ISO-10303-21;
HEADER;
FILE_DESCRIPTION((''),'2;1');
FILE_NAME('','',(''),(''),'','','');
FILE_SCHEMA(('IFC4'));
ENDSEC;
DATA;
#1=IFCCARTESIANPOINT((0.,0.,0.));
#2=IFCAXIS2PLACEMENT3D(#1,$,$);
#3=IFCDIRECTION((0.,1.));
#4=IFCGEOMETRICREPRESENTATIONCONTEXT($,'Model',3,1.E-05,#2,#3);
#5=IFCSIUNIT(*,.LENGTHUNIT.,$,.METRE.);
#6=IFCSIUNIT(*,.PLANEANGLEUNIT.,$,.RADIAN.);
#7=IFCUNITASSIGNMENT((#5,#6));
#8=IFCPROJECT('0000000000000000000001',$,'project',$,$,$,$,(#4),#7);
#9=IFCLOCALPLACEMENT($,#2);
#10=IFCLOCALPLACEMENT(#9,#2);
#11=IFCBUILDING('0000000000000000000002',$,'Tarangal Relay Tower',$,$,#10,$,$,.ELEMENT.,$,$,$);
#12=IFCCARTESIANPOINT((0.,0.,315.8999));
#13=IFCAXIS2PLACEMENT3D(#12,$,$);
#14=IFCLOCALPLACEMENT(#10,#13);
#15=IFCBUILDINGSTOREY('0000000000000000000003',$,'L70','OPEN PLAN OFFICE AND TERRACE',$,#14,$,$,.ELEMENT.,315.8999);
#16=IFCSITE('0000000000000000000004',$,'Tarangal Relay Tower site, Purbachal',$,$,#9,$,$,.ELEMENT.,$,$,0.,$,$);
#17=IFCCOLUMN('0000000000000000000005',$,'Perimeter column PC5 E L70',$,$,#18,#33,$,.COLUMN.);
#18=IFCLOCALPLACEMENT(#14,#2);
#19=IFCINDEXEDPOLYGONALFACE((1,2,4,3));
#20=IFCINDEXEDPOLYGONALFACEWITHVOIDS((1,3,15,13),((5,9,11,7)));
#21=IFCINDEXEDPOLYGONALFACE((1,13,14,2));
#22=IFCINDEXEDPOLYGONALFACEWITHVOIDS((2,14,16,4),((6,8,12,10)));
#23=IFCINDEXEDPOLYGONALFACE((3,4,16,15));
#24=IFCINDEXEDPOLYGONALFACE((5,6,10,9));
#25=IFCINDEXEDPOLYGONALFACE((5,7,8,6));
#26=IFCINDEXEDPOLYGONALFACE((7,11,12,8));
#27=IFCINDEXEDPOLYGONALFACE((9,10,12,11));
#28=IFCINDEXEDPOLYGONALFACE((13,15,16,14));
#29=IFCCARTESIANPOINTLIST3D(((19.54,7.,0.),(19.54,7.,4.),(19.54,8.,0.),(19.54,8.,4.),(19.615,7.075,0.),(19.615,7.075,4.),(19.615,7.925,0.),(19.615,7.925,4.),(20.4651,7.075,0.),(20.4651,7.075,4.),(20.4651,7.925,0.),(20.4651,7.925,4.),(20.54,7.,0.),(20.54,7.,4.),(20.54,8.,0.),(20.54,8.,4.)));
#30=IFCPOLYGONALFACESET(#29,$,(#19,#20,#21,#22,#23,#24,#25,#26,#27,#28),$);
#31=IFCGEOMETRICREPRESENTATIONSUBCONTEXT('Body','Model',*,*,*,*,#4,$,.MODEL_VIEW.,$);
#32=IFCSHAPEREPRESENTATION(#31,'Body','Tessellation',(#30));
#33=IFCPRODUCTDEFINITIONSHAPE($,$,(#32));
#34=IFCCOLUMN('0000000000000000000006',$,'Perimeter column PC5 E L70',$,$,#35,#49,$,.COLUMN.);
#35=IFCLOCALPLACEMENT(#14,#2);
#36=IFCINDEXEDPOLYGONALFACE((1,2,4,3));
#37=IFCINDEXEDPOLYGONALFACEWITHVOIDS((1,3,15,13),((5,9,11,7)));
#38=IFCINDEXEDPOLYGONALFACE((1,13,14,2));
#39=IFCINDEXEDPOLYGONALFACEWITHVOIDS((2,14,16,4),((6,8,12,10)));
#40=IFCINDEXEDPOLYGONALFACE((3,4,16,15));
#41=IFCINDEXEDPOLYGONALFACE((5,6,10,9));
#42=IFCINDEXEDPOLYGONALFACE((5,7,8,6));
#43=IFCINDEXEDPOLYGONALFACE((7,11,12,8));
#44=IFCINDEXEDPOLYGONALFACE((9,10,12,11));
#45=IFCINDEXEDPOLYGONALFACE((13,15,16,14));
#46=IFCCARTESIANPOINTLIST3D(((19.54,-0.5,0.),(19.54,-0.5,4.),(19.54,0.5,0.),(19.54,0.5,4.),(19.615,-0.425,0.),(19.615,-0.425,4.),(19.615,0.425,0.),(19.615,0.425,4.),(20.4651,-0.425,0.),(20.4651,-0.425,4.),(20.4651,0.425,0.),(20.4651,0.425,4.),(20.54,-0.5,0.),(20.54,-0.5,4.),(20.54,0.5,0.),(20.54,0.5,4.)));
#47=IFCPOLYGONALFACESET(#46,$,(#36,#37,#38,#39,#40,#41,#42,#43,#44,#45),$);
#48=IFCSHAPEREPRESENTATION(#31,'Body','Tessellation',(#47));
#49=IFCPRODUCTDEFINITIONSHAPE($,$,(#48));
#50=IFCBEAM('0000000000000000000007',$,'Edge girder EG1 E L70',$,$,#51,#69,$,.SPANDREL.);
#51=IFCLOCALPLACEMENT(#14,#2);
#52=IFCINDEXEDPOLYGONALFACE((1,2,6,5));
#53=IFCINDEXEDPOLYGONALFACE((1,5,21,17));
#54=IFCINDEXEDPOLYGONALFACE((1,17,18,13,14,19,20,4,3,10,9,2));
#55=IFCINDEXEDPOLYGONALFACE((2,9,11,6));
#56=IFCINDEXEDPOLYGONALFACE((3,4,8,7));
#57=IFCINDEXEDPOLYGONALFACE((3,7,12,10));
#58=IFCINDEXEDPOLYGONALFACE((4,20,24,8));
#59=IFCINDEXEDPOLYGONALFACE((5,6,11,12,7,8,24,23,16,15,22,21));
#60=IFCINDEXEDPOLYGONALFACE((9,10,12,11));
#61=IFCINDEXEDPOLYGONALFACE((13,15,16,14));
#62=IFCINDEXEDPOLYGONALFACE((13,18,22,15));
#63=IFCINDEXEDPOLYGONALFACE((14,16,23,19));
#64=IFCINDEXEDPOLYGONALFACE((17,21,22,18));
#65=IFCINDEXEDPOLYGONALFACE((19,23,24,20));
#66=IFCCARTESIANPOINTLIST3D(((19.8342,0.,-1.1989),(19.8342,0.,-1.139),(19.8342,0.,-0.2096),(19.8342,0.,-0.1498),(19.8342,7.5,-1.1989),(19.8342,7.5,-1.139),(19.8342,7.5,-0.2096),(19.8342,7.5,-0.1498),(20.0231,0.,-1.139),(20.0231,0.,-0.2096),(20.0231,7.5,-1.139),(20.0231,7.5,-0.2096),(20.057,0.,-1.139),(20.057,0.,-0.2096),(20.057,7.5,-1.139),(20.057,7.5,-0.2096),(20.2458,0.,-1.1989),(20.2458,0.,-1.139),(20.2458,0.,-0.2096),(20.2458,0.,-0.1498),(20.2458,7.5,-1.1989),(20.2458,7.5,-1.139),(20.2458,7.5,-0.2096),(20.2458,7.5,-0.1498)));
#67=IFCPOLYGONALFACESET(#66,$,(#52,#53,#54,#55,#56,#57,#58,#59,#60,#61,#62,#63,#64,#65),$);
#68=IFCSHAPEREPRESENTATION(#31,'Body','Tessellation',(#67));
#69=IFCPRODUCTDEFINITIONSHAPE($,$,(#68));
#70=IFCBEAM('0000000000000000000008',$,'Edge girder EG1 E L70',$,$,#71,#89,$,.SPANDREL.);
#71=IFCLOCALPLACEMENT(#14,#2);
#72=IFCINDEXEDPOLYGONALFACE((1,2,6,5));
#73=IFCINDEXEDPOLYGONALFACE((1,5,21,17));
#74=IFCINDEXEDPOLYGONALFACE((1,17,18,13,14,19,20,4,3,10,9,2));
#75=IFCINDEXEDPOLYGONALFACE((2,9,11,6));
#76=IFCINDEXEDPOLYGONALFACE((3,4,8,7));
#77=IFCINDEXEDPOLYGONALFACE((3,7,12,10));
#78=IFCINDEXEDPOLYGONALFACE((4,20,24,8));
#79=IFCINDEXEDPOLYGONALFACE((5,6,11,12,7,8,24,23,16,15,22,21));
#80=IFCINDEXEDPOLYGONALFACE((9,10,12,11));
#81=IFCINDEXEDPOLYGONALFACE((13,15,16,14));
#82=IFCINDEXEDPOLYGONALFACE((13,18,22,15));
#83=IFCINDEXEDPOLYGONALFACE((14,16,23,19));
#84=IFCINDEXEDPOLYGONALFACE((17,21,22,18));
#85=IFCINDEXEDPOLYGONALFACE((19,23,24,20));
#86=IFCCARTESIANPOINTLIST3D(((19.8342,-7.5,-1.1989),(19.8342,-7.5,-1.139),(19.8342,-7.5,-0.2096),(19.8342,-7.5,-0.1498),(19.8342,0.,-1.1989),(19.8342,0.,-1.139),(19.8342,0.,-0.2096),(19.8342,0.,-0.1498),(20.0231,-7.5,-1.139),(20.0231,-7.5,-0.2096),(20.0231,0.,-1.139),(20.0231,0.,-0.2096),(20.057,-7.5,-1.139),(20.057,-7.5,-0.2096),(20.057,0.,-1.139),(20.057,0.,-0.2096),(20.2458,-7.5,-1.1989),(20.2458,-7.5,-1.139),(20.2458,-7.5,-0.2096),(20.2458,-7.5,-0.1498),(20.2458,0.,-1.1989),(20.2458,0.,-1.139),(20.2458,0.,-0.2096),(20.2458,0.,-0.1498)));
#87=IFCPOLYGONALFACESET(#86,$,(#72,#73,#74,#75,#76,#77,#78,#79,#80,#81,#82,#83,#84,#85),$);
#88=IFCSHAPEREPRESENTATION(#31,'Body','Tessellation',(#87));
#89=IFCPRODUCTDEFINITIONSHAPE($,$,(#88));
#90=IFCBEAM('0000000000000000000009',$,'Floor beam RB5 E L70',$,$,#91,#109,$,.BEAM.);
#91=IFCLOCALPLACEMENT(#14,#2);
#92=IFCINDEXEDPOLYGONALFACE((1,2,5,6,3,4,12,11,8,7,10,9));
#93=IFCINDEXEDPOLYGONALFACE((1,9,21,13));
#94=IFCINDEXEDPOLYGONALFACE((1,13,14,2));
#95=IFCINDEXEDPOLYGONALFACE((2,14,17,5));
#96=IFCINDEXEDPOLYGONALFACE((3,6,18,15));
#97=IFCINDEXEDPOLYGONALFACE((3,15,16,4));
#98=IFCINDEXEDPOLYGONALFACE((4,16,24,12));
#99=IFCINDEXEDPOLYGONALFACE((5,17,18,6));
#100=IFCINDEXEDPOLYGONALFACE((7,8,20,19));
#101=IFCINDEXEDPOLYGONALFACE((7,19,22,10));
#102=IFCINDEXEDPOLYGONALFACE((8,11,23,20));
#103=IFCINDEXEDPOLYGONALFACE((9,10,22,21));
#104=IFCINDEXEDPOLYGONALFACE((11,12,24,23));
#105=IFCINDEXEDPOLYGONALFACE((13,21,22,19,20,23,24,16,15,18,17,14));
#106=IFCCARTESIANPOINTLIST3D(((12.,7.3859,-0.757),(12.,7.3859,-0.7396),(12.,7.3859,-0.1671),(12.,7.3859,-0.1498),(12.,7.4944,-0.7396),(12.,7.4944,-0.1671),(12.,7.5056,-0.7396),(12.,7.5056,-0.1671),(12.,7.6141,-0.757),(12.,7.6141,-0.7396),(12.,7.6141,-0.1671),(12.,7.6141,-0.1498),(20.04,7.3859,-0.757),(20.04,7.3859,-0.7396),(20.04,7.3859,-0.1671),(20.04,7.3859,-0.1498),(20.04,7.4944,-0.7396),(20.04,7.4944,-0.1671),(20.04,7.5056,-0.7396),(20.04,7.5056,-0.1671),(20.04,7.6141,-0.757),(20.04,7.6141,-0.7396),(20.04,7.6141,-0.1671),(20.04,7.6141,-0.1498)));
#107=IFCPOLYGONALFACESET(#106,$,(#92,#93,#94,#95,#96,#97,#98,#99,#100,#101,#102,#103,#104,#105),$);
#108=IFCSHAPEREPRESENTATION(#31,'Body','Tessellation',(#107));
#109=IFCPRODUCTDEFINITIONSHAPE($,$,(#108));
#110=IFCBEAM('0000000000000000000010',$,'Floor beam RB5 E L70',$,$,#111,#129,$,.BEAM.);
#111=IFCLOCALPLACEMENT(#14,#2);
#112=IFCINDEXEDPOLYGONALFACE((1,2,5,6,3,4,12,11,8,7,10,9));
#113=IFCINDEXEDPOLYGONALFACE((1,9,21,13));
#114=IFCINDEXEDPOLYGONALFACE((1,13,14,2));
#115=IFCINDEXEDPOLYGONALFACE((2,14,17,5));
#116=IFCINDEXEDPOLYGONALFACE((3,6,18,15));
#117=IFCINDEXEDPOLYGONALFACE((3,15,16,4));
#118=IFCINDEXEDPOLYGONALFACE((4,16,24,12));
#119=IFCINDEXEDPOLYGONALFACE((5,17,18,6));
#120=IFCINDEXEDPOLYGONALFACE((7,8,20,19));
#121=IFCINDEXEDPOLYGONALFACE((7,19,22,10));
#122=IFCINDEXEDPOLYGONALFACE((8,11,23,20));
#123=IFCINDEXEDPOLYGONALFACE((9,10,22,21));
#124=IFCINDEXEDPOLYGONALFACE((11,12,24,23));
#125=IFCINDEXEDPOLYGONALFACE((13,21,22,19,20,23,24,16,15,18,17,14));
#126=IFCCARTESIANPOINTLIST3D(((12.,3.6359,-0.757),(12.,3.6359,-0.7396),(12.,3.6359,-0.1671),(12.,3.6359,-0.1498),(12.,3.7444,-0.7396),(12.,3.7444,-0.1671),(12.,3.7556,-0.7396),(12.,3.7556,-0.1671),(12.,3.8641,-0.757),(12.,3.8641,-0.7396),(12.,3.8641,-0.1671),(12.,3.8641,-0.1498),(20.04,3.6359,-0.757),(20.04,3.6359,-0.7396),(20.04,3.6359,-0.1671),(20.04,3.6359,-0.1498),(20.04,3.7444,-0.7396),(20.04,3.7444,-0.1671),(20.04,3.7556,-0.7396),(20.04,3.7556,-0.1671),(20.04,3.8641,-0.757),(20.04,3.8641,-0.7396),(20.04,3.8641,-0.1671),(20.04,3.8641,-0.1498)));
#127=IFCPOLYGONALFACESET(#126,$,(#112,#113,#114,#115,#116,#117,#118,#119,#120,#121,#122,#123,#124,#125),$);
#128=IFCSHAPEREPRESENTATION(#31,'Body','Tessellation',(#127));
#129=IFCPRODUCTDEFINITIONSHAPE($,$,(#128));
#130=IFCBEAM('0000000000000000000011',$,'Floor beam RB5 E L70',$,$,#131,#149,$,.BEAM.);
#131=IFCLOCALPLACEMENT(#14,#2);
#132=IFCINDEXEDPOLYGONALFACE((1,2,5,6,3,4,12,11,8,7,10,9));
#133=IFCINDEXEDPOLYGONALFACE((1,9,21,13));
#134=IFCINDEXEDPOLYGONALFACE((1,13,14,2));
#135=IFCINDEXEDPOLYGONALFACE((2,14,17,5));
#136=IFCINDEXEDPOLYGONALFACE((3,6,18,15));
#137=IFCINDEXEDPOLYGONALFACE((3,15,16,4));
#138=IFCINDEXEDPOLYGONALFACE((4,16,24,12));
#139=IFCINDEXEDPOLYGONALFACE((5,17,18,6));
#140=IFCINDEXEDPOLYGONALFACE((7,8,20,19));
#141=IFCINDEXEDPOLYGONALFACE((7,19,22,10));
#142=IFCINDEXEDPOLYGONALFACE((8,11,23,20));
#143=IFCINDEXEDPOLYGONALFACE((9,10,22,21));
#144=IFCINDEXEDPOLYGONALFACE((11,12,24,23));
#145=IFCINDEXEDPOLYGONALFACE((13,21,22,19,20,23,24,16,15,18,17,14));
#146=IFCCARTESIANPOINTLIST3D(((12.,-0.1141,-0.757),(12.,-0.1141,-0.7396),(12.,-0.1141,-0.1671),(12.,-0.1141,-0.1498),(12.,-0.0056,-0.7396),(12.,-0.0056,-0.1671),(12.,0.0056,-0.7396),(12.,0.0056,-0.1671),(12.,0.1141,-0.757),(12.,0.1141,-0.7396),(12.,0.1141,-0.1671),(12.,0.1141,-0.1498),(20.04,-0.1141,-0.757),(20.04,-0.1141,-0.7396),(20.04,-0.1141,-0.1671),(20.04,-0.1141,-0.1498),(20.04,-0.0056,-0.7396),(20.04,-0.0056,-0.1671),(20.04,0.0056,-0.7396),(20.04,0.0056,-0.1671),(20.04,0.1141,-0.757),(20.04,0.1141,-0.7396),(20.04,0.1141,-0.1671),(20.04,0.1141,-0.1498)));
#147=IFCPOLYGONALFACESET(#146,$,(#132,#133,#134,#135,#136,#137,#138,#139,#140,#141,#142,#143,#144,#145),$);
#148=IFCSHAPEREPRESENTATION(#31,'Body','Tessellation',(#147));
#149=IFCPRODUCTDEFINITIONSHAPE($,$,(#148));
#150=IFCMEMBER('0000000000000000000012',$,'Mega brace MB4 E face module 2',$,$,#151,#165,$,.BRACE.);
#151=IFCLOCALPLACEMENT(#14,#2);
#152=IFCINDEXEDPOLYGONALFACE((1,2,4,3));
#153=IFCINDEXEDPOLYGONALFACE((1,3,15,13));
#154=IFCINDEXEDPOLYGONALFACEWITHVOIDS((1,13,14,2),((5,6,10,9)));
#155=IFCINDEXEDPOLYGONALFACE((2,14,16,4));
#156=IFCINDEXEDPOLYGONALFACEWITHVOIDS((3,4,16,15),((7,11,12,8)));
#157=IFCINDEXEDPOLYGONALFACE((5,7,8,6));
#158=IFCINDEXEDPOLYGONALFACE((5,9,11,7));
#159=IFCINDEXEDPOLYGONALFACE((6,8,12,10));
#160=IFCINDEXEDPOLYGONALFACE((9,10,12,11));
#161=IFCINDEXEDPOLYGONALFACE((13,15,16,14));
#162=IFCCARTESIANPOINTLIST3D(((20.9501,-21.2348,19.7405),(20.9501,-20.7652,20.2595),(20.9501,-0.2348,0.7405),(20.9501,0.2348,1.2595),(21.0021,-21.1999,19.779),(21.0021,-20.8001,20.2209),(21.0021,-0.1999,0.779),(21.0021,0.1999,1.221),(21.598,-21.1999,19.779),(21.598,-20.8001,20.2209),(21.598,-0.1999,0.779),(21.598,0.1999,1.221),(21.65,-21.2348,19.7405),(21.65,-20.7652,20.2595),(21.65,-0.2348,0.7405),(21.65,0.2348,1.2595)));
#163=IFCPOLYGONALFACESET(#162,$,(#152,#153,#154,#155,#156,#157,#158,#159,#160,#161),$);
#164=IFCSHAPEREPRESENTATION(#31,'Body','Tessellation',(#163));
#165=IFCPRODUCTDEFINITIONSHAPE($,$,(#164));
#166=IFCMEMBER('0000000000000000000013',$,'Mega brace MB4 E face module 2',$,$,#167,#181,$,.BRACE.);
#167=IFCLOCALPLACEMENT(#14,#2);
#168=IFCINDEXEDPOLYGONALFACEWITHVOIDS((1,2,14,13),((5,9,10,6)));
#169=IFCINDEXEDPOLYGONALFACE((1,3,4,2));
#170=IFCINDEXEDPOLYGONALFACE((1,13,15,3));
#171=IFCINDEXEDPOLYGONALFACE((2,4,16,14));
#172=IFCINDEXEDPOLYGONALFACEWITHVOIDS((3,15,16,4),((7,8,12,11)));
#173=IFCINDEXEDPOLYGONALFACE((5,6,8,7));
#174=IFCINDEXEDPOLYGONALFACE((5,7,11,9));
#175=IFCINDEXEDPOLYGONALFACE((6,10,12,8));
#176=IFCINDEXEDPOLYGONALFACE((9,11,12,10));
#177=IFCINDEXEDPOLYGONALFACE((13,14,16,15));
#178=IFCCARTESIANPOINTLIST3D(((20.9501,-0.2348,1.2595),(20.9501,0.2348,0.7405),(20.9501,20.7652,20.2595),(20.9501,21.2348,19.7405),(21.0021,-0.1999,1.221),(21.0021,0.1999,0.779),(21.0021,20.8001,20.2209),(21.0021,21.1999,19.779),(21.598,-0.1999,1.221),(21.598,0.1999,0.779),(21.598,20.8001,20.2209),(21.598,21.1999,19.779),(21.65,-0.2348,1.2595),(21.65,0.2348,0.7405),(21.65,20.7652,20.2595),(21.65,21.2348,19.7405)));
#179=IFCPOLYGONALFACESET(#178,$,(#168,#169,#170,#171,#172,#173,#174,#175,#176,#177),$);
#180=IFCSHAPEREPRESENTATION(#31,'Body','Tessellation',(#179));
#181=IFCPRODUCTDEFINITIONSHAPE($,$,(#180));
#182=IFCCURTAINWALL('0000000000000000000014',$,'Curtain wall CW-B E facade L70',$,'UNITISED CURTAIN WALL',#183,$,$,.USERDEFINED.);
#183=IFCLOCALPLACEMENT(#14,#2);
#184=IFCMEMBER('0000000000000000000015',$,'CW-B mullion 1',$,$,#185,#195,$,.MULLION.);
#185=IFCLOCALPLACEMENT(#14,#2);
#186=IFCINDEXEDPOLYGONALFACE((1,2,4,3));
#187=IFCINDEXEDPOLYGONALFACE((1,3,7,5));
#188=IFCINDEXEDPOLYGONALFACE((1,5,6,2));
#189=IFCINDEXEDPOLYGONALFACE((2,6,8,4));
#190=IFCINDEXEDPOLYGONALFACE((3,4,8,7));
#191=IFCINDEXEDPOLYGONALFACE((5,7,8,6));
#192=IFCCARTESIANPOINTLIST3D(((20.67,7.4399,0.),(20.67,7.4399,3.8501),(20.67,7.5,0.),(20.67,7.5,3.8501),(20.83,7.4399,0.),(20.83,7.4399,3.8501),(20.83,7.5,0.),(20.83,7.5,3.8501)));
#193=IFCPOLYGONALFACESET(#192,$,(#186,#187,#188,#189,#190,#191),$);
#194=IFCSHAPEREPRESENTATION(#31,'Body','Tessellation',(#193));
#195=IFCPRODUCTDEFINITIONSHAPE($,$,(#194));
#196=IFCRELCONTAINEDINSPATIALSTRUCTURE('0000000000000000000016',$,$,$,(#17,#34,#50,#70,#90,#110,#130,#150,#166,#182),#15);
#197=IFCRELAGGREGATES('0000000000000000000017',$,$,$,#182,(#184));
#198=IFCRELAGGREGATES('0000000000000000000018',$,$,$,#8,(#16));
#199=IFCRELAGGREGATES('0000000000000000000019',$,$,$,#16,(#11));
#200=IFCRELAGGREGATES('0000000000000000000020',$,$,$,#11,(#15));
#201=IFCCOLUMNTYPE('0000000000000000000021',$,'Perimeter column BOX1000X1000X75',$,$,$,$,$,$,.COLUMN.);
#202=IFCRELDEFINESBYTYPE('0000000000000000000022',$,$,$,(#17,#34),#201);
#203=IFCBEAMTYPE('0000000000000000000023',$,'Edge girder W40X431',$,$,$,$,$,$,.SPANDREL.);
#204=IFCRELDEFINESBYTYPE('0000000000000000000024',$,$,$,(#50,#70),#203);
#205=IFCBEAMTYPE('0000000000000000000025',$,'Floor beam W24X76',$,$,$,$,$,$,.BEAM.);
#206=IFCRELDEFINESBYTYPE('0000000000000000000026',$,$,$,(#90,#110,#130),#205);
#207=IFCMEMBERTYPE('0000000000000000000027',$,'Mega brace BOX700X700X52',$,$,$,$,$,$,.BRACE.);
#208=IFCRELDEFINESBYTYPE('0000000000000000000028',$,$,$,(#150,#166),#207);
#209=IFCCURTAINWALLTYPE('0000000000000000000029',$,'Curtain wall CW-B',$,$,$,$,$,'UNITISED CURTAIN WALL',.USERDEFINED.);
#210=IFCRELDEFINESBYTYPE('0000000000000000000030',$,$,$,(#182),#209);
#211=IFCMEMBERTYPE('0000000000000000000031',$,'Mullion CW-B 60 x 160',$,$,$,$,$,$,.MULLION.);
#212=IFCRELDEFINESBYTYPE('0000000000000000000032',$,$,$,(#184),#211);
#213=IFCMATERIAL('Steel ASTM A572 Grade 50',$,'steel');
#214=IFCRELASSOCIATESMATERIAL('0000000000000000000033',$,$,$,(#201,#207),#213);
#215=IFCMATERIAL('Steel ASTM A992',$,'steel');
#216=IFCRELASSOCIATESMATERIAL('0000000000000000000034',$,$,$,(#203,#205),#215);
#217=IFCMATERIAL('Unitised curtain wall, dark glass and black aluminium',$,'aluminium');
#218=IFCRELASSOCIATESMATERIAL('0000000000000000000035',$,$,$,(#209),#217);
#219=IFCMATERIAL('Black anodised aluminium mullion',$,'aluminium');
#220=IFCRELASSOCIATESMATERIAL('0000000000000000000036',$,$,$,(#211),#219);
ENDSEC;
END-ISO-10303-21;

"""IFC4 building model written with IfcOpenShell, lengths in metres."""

from ifc_helpers import new_model, si_unit, direction, frame, origin, origin_2d, place, context, subcontext, project, spatial, rectangle, hollow_rectangle, i_section, extrude, material, material_profile, profile_set, type_object, element, aggregate, save


model = new_model("IFC4")

# Units and contexts
model_context = context("Model", 3, precision=1e-05, world=origin(), true_north=direction((0.0, 1.0)))
body_context = subcontext(model_context, "Body", "Model", "MODEL_VIEW")
ifc_project = project(units=[si_unit("LENGTHUNIT", "METRE"), si_unit("PLANEANGLEUNIT", "RADIAN")], contexts=[model_context])

# Site, building, storey
site_placement = place(None, origin())
site = spatial("IfcSite", under=ifc_project, at=site_placement, Name="Tarangal Relay Tower site, Purbachal", CompositionType="ELEMENT", RefElevation=0.0)
building_placement = place(site_placement, origin())
building = spatial("IfcBuilding", under=site, at=building_placement, Name="Tarangal Relay Tower", CompositionType="ELEMENT")
storey_placement = place(building_placement, frame((0.0, 0.0, 315.8999)))
storey = spatial("IfcBuildingStorey", under=building, at=storey_placement, Name="L70", Description="OPEN PLAN OFFICE AND TERRACE", CompositionType="ELEMENT", Elevation=315.8999)

# Columns
ifc_material_1 = material(Name="Steel ASTM A572 Grade 50", Category="steel")
ifc_material_profile_1 = material_profile(ifc_material_1, hollow_rectangle(XDim=1.0, YDim=1.0, WallThickness=0.075, at=origin_2d()), Name="BOX1000X1000X75")
ifc_profile_set_1 = profile_set([ifc_material_profile_1], Name="Steel ASTM A572 Grade 50")
column_type = type_object("IfcColumnType", Name="Perimeter column BOX1000X1000X75", PredefinedType="COLUMN", material=ifc_profile_set_1)
for number, where, z_axis, x_axis, name in (
    (1, (20.04, 7.5, 0.0), (0.0, 0.0, 1.0), (1.0, 0.0, 0.0), "Perimeter column PC5 E L70"),
    (2, (20.04, 0.0, 0.0), (0.0, 0.0, 1.0), (1.0, 0.0, 0.0), "Perimeter column PC5 E L70"),
):
    element("IfcColumn", number, at=place(storey_placement, frame(where, z_axis=z_axis, x_axis=x_axis)), inside=storey, type_object=column_type, Name=name, PredefinedType="COLUMN", context=body_context, shape_type="SweptSolid", body=[
        extrude(hollow_rectangle(XDim=1.0, YDim=1.0, WallThickness=0.075, at=origin_2d()), origin(), (0.0, 0.0, 1.0), 4.0),
    ])

# Beams
ifc_material_2 = material(Name="Steel ASTM A992", Category="steel")
ifc_material_profile_2 = material_profile(ifc_material_2, i_section(OverallWidth=0.4116, OverallDepth=1.0491, WebThickness=0.0339, FlangeThickness=0.0598, at=origin_2d()), Name="W40X431")
ifc_profile_set_2 = profile_set([ifc_material_profile_2], Name="Steel ASTM A992")
beam_type_1 = type_object("IfcBeamType", Name="Edge girder W40X431", PredefinedType="SPANDREL", material=ifc_profile_set_2)
for number, where, z_axis, x_axis, name in (
    (3, (20.04, 7.5, -0.6743), (0.0, -1.0, 0.0), (1.0, 0.0, 0.0), "Edge girder EG1 E L70"),
    (4, (20.04, 0.0, -0.6743), (0.0, -1.0, 0.0), (1.0, 0.0, 0.0), "Edge girder EG1 E L70"),
):
    element("IfcBeam", number, at=place(storey_placement, frame(where, z_axis=z_axis, x_axis=x_axis)), inside=storey, type_object=beam_type_1, Name=name, PredefinedType="SPANDREL", context=body_context, shape_type="SweptSolid", body=[
        extrude(i_section(OverallWidth=0.4116, OverallDepth=1.0491, WebThickness=0.0339, FlangeThickness=0.0598, at=origin_2d()), origin(), (0.0, 0.0, 1.0), 7.5),
    ])
ifc_material_profile_3 = material_profile(ifc_material_2, i_section(OverallWidth=0.2283, OverallDepth=0.6072, WebThickness=0.0112, FlangeThickness=0.0173, at=origin_2d()), Name="W24X76")
ifc_profile_set_3 = profile_set([ifc_material_profile_3], Name="Steel ASTM A992")
beam_type_2 = type_object("IfcBeamType", Name="Floor beam W24X76", PredefinedType="BEAM", material=ifc_profile_set_3)
for number, where, z_axis, x_axis, name in (
    (5, (12.0, 7.5, -0.4534), (1.0, 0.0, 0.0), (0.0, 1.0, 0.0), "Floor beam RB5 E L70"),
    (6, (12.0, 3.75, -0.4534), (1.0, 0.0, 0.0), (0.0, 1.0, 0.0), "Floor beam RB5 E L70"),
    (7, (12.0, 0.0, -0.4534), (1.0, 0.0, 0.0), (0.0, 1.0, 0.0), "Floor beam RB5 E L70"),
):
    element("IfcBeam", number, at=place(storey_placement, frame(where, z_axis=z_axis, x_axis=x_axis)), inside=storey, type_object=beam_type_2, Name=name, PredefinedType="BEAM", context=body_context, shape_type="SweptSolid", body=[
        extrude(i_section(OverallWidth=0.2283, OverallDepth=0.6072, WebThickness=0.0112, FlangeThickness=0.0173, at=origin_2d()), origin(), (0.0, 0.0, 1.0), 8.04),
    ])

# Members
ifc_material_profile_4 = material_profile(ifc_material_1, hollow_rectangle(XDim=0.7, YDim=0.7, WallThickness=0.052, at=origin_2d()), Name="BOX700X700X52")
ifc_profile_set_4 = profile_set([ifc_material_profile_4], Name="Steel ASTM A572 Grade 50")
member_type_1 = type_object("IfcMemberType", Name="Mega brace BOX700X700X52", PredefinedType="BRACE", material=ifc_profile_set_4)
for number, where, z_axis, x_axis, name in (
    (8, (21.3, 0.0, 1.0), (0.0, -0.741536, 0.670913), (1.0, 0.0, 0.0), "Mega brace MB4 E face module 2"),
    (9, (21.3, 0.0, 1.0), (0.0, 0.741536, 0.670913), (-1.0, 0.0, 0.0), "Mega brace MB4 E face module 2"),
):
    element("IfcMember", number, at=place(storey_placement, frame(where, z_axis=z_axis, x_axis=x_axis)), inside=storey, type_object=member_type_1, Name=name, PredefinedType="BRACE", context=body_context, shape_type="SweptSolid", body=[
        extrude(hollow_rectangle(XDim=0.7, YDim=0.7, WallThickness=0.052, at=origin_2d()), origin(), (0.0, 0.0, 1.0), 28.3196),
    ])

# Curtain wall, member
ifc_material_3 = material(Name="Unitised curtain wall, dark glass and black aluminium", Category="aluminium")
curtain_wall_type_1 = type_object("IfcCurtainWallType", Name="Curtain wall CW-B", ElementType="UNITISED CURTAIN WALL", PredefinedType="USERDEFINED", material=ifc_material_3)
curtain_wall_1_placement = place(storey_placement, origin())
curtain_wall_1 = element("IfcCurtainWall", 10, at=curtain_wall_1_placement, inside=storey, type_object=curtain_wall_type_1, Name="Curtain wall CW-B E facade L70", ObjectType="UNITISED CURTAIN WALL", PredefinedType="USERDEFINED")
ifc_material_4 = material(Name="Black anodised aluminium mullion", Category="aluminium")
ifc_material_profile_5 = material_profile(ifc_material_4, rectangle(XDim=0.1599, YDim=0.0601, at=origin_2d()), Name="CW-BM 60X160")
ifc_profile_set_5 = profile_set([ifc_material_profile_5], Name="Black anodised aluminium mullion")
member_type_2 = type_object("IfcMemberType", Name="Mullion CW-B 60 x 160", PredefinedType="MULLION", material=ifc_profile_set_5)
member_1_placement = place(storey_placement, frame((20.75, 7.47, 0.0), z_axis=(0.0, 0.0, 1.0), x_axis=(1.0, 0.0, 0.0)))
member_1 = element("IfcMember", 11, at=member_1_placement, type_object=member_type_2, Name="CW-B mullion 1", PredefinedType="MULLION", context=body_context, shape_type="SweptSolid", body=[
    extrude(rectangle(XDim=0.1599, YDim=0.0601, at=origin_2d()), origin(), (0.0, 0.0, 1.0), 3.8501),
])

aggregate(curtain_wall_1, [member_1])

save(model, "model.ifc")
